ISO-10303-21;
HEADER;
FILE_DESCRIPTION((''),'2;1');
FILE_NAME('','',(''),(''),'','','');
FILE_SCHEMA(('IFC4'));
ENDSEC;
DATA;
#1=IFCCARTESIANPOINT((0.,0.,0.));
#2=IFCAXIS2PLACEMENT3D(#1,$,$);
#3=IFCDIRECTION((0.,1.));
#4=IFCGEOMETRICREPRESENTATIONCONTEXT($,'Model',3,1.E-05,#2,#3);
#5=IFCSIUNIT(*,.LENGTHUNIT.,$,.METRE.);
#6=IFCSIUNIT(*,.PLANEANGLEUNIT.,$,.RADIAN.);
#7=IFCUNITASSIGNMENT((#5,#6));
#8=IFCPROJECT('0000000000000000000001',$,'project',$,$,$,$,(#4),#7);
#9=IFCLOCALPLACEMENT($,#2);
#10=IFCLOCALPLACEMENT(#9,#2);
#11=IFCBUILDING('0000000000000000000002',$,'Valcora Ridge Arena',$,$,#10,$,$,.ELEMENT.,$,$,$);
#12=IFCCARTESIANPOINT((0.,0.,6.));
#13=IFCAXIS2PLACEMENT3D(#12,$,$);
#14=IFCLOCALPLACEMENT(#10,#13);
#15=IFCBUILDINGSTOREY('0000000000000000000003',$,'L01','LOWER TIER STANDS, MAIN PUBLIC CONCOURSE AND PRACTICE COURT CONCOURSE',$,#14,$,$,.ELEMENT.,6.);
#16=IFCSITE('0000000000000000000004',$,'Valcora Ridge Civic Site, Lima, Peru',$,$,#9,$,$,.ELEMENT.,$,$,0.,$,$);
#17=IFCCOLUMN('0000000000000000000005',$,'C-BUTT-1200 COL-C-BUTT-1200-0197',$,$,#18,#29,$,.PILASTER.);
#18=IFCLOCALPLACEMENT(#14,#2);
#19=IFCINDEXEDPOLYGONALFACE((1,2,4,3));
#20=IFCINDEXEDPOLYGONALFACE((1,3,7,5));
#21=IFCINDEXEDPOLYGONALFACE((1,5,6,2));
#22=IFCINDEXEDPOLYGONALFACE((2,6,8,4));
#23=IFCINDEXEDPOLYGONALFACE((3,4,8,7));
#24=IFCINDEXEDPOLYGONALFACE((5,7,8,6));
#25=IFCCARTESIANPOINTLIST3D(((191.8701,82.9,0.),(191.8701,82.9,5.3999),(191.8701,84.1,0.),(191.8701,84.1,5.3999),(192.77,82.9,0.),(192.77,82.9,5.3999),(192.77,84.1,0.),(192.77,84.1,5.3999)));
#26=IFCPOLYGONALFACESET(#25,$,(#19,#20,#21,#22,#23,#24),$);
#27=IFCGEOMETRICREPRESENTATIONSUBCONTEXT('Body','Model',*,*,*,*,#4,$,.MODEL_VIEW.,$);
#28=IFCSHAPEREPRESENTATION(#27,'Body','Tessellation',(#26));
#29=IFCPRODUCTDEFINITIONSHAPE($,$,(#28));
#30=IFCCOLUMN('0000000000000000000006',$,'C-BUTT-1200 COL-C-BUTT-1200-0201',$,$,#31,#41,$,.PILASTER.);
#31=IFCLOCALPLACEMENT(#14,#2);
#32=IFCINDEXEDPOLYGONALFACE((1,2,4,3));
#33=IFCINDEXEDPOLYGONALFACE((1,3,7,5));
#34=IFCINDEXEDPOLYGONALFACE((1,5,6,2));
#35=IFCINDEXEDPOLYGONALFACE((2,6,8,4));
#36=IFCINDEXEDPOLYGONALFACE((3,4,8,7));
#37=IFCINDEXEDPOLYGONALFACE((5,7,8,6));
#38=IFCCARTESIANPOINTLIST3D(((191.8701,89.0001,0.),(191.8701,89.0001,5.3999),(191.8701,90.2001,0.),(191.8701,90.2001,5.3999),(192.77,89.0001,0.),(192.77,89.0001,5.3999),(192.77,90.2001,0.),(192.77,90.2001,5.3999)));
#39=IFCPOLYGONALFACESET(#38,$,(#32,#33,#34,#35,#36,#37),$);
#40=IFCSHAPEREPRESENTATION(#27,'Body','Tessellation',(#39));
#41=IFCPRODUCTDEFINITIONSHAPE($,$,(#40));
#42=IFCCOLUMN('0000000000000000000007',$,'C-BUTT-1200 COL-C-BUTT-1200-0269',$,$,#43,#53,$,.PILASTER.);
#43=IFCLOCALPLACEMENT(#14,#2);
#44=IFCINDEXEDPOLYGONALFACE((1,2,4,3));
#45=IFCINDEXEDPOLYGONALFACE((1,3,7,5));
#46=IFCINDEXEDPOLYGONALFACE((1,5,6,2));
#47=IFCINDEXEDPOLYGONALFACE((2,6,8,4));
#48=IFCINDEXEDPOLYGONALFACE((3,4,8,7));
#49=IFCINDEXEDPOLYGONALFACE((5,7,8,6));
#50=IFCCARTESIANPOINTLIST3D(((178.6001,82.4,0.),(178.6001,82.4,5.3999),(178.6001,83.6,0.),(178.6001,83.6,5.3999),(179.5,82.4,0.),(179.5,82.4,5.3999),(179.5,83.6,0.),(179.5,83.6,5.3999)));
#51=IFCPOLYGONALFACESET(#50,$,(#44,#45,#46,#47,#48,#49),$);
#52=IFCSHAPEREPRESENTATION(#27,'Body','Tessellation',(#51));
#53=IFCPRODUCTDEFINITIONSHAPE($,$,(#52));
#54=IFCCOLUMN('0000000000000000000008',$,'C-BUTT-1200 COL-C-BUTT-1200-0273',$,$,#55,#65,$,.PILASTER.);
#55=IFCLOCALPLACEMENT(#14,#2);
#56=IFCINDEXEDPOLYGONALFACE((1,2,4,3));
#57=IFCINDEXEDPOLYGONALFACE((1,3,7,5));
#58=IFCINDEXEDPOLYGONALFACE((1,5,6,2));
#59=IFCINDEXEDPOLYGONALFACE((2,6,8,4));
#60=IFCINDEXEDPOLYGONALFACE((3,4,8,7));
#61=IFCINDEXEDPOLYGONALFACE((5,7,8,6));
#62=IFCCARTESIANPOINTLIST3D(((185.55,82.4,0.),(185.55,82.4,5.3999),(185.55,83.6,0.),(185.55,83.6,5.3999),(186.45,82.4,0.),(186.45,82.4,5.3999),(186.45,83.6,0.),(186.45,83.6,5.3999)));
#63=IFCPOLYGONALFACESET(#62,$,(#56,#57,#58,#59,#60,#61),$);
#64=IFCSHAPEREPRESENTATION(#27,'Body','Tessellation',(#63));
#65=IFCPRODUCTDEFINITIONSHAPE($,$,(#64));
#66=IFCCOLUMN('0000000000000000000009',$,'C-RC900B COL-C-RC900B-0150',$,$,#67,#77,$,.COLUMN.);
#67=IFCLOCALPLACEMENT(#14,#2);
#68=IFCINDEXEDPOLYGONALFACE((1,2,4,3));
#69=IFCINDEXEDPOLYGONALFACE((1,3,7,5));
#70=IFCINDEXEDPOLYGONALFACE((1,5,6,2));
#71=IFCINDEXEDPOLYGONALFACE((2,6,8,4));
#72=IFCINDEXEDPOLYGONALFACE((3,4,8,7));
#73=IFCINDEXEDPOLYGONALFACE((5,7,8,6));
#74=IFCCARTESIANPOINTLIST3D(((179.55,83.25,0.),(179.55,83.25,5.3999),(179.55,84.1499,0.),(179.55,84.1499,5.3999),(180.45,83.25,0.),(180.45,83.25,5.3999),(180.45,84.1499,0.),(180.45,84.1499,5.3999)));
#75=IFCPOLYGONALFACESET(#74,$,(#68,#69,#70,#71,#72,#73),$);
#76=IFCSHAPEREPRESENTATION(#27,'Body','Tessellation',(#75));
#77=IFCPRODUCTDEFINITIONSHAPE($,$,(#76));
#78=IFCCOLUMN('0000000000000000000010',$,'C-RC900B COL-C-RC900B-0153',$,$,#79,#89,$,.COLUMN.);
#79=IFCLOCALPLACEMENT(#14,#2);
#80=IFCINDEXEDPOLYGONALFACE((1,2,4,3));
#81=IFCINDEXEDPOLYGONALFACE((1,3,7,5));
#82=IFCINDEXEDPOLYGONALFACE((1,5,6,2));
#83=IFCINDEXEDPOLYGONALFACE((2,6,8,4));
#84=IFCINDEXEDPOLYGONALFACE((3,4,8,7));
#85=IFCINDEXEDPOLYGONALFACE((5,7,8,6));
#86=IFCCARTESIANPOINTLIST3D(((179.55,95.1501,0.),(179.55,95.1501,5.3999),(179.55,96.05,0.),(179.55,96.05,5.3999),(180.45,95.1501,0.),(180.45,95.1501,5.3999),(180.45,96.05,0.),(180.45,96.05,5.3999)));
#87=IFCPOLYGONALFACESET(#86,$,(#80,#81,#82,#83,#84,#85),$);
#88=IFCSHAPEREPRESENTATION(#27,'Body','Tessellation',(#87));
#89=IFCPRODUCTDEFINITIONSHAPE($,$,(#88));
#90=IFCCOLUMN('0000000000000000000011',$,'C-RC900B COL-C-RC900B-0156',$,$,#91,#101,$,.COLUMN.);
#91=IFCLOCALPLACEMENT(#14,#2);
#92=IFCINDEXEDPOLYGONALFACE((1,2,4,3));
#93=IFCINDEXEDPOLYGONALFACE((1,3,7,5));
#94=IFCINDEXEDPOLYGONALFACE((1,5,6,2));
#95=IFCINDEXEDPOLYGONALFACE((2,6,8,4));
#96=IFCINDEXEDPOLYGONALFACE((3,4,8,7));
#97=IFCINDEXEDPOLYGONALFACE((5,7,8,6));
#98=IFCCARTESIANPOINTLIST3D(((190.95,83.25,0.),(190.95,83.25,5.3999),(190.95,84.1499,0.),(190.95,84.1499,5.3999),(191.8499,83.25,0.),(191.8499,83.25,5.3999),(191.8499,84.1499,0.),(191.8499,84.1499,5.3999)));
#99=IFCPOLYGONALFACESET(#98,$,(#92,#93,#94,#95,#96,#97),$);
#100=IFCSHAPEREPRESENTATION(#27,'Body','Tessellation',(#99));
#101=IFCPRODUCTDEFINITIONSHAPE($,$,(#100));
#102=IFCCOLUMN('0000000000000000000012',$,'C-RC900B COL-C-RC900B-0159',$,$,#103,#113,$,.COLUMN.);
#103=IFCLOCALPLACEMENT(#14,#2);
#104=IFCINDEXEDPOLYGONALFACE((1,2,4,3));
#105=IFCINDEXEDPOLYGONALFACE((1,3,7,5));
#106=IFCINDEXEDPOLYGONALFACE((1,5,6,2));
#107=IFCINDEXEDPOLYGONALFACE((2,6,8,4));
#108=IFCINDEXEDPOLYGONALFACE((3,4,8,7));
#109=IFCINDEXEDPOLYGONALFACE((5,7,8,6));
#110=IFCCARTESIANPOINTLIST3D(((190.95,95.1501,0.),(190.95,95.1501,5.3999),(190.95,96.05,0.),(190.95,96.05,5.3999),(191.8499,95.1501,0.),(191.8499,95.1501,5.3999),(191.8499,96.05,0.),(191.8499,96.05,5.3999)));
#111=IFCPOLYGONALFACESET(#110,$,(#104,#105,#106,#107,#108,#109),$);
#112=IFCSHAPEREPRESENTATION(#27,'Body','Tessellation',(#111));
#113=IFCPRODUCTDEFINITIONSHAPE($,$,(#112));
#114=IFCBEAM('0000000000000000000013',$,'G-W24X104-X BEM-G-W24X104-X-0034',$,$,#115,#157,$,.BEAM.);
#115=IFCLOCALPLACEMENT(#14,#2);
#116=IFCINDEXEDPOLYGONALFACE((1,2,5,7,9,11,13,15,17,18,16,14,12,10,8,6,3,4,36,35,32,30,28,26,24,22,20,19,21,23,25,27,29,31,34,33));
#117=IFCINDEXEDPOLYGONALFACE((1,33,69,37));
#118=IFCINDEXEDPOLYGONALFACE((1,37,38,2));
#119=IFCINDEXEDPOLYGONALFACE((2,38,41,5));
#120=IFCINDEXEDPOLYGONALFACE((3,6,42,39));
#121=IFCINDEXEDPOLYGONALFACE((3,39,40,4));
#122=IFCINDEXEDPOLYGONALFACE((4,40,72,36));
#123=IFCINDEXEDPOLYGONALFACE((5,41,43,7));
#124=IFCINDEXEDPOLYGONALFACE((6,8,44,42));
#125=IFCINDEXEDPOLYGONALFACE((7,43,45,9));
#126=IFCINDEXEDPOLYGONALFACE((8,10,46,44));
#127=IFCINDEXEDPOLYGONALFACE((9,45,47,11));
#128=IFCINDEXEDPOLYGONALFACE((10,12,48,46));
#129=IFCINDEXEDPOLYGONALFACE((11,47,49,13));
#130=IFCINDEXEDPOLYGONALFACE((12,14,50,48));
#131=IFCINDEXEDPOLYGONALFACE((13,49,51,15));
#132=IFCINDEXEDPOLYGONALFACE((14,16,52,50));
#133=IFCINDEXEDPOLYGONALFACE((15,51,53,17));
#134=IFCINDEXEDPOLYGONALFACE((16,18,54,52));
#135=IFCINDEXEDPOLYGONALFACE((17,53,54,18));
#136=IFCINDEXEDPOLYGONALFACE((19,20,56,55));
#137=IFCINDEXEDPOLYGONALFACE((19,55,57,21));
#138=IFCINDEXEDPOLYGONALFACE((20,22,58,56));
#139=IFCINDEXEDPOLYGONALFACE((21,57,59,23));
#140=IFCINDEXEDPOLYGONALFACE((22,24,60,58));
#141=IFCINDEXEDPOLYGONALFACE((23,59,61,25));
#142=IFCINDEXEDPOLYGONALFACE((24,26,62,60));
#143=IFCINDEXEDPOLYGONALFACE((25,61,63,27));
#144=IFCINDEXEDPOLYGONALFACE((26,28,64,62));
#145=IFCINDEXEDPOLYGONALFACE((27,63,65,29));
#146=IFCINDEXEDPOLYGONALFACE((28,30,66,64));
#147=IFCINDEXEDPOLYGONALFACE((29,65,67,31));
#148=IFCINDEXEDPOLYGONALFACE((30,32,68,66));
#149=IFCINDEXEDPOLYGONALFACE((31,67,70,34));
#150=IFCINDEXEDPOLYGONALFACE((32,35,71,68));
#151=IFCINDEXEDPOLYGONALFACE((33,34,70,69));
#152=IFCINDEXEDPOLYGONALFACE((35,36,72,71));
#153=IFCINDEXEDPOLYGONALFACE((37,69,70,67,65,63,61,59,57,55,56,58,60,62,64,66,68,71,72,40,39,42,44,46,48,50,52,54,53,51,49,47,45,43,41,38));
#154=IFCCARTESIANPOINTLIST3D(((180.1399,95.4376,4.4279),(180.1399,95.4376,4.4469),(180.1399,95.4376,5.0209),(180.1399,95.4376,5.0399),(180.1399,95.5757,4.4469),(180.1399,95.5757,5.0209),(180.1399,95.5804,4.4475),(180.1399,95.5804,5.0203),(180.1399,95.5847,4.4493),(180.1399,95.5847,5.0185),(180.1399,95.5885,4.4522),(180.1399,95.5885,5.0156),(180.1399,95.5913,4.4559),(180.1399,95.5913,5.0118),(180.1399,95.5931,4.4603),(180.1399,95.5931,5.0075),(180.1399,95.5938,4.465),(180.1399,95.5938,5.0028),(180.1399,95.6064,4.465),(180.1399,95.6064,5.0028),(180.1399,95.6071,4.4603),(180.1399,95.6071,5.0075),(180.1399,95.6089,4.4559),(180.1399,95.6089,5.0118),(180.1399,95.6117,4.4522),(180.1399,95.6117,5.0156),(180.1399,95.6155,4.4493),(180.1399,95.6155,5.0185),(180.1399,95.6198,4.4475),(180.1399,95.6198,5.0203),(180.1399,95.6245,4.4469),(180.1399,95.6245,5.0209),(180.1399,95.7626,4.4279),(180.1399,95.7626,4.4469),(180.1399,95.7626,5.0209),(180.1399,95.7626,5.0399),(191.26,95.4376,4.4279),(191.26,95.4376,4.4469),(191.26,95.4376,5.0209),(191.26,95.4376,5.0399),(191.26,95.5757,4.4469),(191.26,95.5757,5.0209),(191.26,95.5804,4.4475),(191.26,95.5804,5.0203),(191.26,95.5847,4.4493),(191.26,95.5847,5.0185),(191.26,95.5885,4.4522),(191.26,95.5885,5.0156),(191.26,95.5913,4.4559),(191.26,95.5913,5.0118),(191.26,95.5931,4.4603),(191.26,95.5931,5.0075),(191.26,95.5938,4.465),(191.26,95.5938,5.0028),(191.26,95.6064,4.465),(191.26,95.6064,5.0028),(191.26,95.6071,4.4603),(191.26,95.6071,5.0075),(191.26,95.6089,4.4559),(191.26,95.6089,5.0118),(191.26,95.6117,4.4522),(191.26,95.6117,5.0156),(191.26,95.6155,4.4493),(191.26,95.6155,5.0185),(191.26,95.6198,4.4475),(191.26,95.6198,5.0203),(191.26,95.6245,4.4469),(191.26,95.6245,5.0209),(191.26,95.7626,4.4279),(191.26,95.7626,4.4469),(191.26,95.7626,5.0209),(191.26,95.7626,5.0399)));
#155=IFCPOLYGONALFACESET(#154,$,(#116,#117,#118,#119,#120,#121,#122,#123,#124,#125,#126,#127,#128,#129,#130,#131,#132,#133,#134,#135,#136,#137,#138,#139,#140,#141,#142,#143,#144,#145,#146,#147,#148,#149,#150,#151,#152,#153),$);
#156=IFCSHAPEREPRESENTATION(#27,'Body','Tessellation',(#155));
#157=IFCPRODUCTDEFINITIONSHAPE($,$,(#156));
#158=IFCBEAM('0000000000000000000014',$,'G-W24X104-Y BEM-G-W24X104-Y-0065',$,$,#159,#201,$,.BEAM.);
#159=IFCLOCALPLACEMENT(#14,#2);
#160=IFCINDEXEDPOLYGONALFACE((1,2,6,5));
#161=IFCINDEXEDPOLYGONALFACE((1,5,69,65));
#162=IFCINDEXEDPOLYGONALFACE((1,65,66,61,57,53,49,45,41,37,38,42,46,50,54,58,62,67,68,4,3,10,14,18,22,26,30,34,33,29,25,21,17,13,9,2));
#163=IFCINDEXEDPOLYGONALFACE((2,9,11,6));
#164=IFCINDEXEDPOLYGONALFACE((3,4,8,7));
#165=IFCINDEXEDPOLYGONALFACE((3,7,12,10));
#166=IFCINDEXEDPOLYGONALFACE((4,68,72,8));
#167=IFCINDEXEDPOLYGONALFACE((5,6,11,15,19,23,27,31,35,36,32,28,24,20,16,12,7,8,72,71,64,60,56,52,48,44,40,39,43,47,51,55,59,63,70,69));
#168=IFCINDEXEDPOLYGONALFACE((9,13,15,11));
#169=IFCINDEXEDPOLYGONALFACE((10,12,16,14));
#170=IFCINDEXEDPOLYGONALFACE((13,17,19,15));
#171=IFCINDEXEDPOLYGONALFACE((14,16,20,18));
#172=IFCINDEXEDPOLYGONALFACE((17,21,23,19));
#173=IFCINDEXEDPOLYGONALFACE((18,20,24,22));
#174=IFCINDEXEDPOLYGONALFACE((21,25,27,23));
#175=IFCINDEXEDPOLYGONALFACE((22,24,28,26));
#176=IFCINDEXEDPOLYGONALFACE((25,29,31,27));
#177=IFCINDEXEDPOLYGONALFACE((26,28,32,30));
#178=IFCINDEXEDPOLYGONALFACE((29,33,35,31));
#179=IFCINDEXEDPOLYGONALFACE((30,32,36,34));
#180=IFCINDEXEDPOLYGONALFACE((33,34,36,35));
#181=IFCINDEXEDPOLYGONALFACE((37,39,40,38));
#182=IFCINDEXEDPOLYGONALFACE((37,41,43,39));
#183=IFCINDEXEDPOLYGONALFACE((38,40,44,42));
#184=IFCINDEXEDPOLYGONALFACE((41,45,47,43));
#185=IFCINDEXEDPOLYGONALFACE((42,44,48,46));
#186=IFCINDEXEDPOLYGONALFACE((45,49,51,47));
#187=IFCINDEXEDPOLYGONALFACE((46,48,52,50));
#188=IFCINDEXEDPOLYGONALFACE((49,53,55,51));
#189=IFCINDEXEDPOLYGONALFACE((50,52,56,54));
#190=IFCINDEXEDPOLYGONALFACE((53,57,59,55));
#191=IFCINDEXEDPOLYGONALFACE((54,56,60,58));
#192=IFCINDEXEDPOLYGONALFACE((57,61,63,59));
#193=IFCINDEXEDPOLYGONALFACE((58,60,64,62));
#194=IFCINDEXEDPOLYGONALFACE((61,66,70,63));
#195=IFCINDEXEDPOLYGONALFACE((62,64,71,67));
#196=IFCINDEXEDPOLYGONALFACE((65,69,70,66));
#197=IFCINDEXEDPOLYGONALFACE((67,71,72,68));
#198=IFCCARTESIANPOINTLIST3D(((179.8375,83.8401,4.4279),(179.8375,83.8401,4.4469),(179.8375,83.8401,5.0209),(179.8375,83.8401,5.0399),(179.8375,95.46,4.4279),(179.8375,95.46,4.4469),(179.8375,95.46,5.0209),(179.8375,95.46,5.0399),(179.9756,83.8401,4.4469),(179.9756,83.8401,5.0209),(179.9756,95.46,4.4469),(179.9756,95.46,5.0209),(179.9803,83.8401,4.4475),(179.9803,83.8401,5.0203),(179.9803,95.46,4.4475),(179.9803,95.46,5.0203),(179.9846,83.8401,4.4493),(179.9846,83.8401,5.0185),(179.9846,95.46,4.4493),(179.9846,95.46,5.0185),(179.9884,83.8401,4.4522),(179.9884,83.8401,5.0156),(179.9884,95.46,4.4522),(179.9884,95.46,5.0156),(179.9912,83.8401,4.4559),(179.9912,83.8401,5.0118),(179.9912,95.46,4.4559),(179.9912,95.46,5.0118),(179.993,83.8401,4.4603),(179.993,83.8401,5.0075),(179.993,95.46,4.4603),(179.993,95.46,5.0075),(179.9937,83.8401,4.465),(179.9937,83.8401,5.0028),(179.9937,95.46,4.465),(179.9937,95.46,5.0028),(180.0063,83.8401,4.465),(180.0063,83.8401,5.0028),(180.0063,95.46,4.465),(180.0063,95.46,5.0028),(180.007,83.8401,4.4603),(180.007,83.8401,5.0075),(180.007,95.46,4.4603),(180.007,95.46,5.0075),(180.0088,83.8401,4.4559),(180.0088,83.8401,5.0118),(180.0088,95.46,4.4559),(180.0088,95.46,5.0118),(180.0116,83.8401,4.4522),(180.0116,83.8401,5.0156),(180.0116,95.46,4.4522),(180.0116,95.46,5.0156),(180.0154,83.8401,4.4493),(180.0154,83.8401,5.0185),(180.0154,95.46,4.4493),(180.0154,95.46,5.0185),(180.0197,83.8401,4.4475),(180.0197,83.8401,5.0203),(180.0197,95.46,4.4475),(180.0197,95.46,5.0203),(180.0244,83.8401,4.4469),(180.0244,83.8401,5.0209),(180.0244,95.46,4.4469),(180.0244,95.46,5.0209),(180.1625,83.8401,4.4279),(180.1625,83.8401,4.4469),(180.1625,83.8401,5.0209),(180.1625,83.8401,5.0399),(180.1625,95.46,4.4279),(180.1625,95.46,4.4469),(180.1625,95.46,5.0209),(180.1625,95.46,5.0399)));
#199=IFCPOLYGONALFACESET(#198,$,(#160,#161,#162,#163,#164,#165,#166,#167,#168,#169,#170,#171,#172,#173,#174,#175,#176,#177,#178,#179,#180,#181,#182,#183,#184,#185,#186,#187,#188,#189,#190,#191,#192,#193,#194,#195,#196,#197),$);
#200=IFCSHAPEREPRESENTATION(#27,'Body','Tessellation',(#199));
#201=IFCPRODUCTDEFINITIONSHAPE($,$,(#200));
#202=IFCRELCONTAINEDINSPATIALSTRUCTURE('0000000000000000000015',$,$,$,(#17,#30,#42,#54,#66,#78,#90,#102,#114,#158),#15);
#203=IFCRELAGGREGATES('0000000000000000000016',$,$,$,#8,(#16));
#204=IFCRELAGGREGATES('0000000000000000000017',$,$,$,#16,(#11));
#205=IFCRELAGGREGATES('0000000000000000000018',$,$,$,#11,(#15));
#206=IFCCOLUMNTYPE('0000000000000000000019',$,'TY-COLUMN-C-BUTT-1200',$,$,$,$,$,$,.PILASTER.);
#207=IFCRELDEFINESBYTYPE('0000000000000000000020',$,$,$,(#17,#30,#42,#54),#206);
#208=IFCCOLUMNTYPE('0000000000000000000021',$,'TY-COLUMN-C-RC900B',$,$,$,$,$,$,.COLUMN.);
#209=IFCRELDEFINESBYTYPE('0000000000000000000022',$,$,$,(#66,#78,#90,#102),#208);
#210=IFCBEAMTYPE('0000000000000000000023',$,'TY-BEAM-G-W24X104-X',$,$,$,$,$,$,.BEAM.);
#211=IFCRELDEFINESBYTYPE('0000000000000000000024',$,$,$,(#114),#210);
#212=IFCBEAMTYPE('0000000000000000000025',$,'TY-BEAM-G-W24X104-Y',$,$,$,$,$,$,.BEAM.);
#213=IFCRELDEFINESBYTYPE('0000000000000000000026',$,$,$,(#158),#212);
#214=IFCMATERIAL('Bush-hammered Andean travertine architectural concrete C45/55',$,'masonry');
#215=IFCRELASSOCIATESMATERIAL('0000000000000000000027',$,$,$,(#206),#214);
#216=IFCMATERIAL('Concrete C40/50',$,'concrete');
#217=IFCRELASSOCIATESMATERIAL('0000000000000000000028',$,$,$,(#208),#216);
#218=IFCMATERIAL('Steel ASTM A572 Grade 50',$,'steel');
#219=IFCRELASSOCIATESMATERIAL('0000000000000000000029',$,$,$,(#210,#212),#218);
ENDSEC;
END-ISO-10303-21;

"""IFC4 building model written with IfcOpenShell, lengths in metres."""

from ifc_helpers import new_model, si_unit, direction, frame, origin, origin_2d, place, context, subcontext, project, spatial, rectangle, i_section, extrude, material, material_profile, profile_set, type_object, element, save


model = new_model("IFC4")

# Units and contexts
model_context = context("Model", 3, precision=1e-05, world=origin(), true_north=direction((0.0, 1.0)))
body_context = subcontext(model_context, "Body", "Model", "MODEL_VIEW")
ifc_project = project(units=[si_unit("LENGTHUNIT", "METRE"), si_unit("PLANEANGLEUNIT", "RADIAN")], contexts=[model_context])

# Site, building, storey
site_placement = place(None, origin())
site = spatial("IfcSite", under=ifc_project, at=site_placement, Name="Valcora Ridge Civic Site, Lima, Peru", CompositionType="ELEMENT", RefElevation=0.0)
building_placement = place(site_placement, origin())
building = spatial("IfcBuilding", under=site, at=building_placement, Name="Valcora Ridge Arena", CompositionType="ELEMENT")
storey_placement = place(building_placement, frame((0.0, 0.0, 6.0)))
storey = spatial("IfcBuildingStorey", under=building, at=storey_placement, Name="L01", Description="LOWER TIER STANDS, MAIN PUBLIC CONCOURSE AND PRACTICE COURT CONCOURSE", CompositionType="ELEMENT", Elevation=6.0)

# Columns
ifc_material_1 = material(Name="Bush-hammered Andean travertine architectural concrete C45/55", Category="masonry")
ifc_material_profile_1 = material_profile(ifc_material_1, rectangle(XDim=0.8999, YDim=1.2, at=origin_2d()), Name="RC 900x1200")
ifc_profile_set_1 = profile_set([ifc_material_profile_1], Name="Bush-hammered Andean travertine architectural concrete C45/55")
column_type_1 = type_object("IfcColumnType", Name="TY-COLUMN-C-BUTT-1200", PredefinedType="PILASTER", material=ifc_profile_set_1)
for number, where, z_axis, x_axis, name in (
    (1, (192.3201, 83.5, 0.0), (0.0, 0.0, 1.0), (1.0, 0.0, 0.0), "C-BUTT-1200 COL-C-BUTT-1200-0197"),
    (2, (192.3201, 89.6001, 0.0), (0.0, 0.0, 1.0), (1.0, 0.0, 0.0), "C-BUTT-1200 COL-C-BUTT-1200-0201"),
    (3, (179.05, 83.0, 0.0), (0.0, 0.0, 1.0), (1.0, 0.0, 0.0), "C-BUTT-1200 COL-C-BUTT-1200-0269"),
    (4, (186.0, 83.0, 0.0), (0.0, 0.0, 1.0), (1.0, 0.0, 0.0), "C-BUTT-1200 COL-C-BUTT-1200-0273"),
):
    element("IfcColumn", number, at=place(storey_placement, frame(where, z_axis=z_axis, x_axis=x_axis)), inside=storey, type_object=column_type_1, Name=name, PredefinedType="PILASTER", context=body_context, shape_type="SweptSolid", body=[
        extrude(rectangle(XDim=0.8999, YDim=1.2, at=origin_2d()), origin(), (0.0, 0.0, 1.0), 5.3999),
    ])
ifc_material_2 = material(Name="Concrete C40/50", Category="concrete")
ifc_material_profile_2 = material_profile(ifc_material_2, rectangle(XDim=0.8999, YDim=0.8999, at=origin_2d()), Name="RC 900x900")
ifc_profile_set_2 = profile_set([ifc_material_profile_2], Name="Concrete C40/50")
column_type_2 = type_object("IfcColumnType", Name="TY-COLUMN-C-RC900B", PredefinedType="COLUMN", material=ifc_profile_set_2)
for number, where, z_axis, x_axis, name in (
    (5, (180.0, 83.7, 0.0), (0.0, 0.0, 1.0), (1.0, 0.0, 0.0), "C-RC900B COL-C-RC900B-0150"),
    (6, (180.0, 95.6001, 0.0), (0.0, 0.0, 1.0), (1.0, 0.0, 0.0), "C-RC900B COL-C-RC900B-0153"),
    (7, (191.3999, 83.7, 0.0), (0.0, 0.0, 1.0), (1.0, 0.0, 0.0), "C-RC900B COL-C-RC900B-0156"),
    (8, (191.3999, 95.6001, 0.0), (0.0, 0.0, 1.0), (1.0, 0.0, 0.0), "C-RC900B COL-C-RC900B-0159"),
):
    element("IfcColumn", number, at=place(storey_placement, frame(where, z_axis=z_axis, x_axis=x_axis)), inside=storey, type_object=column_type_2, Name=name, PredefinedType="COLUMN", context=body_context, shape_type="SweptSolid", body=[
        extrude(rectangle(XDim=0.8999, YDim=0.8999, at=origin_2d()), origin(), (0.0, 0.0, 1.0), 5.3999),
    ])

# Beams
ifc_material_3 = material(Name="Steel ASTM A572 Grade 50", Category="steel")
ifc_material_profile_3 = material_profile(ifc_material_3, i_section(OverallWidth=0.325, OverallDepth=0.6121, WebThickness=0.0127, FlangeThickness=0.019, FilletRadius=0.0181, at=origin_2d()), Name="W24X104")
ifc_profile_set_3 = profile_set([ifc_material_profile_3], Name="Steel ASTM A572 Grade 50")
beam_type_1 = type_object("IfcBeamType", Name="TY-BEAM-G-W24X104-X", PredefinedType="BEAM", material=ifc_profile_set_3)
beam_1_placement = place(storey_placement, frame((180.1399, 95.6001, 4.7339), z_axis=(1.0, 0.0, 0.0), x_axis=(0.0, 1.0, 0.0)))
element("IfcBeam", 9, at=beam_1_placement, inside=storey, type_object=beam_type_1, Name="G-W24X104-X BEM-G-W24X104-X-0034", PredefinedType="BEAM", context=body_context, shape_type="SweptSolid", body=[
    extrude(i_section(OverallWidth=0.325, OverallDepth=0.6121, WebThickness=0.0127, FlangeThickness=0.019, FilletRadius=0.0181, at=origin_2d()), origin(), (0.0, 0.0, 1.0), 11.1201),
])
ifc_material_profile_4 = material_profile(ifc_material_3, i_section(OverallWidth=0.325, OverallDepth=0.6121, WebThickness=0.0127, FlangeThickness=0.019, FilletRadius=0.0181, at=origin_2d()), Name="W24X104")
ifc_profile_set_4 = profile_set([ifc_material_profile_4], Name="Steel ASTM A572 Grade 50")
beam_type_2 = type_object("IfcBeamType", Name="TY-BEAM-G-W24X104-Y", PredefinedType="BEAM", material=ifc_profile_set_4)
for number, where, z_axis, x_axis, name in (
    (10, (180.0, 83.8401, 4.7339), (0.0, 1.0, 0.0), (-1.0, 0.0, 0.0), "G-W24X104-Y BEM-G-W24X104-Y-0065"),
):
    element("IfcBeam", number, at=place(storey_placement, frame(where, z_axis=z_axis, x_axis=x_axis)), inside=storey, type_object=beam_type_2, Name=name, PredefinedType="BEAM", context=body_context, shape_type="SweptSolid", body=[
        extrude(i_section(OverallWidth=0.325, OverallDepth=0.6121, WebThickness=0.0127, FlangeThickness=0.019, FilletRadius=0.0181, at=origin_2d()), origin(), (0.0, 0.0, 1.0), 11.6199),
    ])

save(model, "model.ifc")
